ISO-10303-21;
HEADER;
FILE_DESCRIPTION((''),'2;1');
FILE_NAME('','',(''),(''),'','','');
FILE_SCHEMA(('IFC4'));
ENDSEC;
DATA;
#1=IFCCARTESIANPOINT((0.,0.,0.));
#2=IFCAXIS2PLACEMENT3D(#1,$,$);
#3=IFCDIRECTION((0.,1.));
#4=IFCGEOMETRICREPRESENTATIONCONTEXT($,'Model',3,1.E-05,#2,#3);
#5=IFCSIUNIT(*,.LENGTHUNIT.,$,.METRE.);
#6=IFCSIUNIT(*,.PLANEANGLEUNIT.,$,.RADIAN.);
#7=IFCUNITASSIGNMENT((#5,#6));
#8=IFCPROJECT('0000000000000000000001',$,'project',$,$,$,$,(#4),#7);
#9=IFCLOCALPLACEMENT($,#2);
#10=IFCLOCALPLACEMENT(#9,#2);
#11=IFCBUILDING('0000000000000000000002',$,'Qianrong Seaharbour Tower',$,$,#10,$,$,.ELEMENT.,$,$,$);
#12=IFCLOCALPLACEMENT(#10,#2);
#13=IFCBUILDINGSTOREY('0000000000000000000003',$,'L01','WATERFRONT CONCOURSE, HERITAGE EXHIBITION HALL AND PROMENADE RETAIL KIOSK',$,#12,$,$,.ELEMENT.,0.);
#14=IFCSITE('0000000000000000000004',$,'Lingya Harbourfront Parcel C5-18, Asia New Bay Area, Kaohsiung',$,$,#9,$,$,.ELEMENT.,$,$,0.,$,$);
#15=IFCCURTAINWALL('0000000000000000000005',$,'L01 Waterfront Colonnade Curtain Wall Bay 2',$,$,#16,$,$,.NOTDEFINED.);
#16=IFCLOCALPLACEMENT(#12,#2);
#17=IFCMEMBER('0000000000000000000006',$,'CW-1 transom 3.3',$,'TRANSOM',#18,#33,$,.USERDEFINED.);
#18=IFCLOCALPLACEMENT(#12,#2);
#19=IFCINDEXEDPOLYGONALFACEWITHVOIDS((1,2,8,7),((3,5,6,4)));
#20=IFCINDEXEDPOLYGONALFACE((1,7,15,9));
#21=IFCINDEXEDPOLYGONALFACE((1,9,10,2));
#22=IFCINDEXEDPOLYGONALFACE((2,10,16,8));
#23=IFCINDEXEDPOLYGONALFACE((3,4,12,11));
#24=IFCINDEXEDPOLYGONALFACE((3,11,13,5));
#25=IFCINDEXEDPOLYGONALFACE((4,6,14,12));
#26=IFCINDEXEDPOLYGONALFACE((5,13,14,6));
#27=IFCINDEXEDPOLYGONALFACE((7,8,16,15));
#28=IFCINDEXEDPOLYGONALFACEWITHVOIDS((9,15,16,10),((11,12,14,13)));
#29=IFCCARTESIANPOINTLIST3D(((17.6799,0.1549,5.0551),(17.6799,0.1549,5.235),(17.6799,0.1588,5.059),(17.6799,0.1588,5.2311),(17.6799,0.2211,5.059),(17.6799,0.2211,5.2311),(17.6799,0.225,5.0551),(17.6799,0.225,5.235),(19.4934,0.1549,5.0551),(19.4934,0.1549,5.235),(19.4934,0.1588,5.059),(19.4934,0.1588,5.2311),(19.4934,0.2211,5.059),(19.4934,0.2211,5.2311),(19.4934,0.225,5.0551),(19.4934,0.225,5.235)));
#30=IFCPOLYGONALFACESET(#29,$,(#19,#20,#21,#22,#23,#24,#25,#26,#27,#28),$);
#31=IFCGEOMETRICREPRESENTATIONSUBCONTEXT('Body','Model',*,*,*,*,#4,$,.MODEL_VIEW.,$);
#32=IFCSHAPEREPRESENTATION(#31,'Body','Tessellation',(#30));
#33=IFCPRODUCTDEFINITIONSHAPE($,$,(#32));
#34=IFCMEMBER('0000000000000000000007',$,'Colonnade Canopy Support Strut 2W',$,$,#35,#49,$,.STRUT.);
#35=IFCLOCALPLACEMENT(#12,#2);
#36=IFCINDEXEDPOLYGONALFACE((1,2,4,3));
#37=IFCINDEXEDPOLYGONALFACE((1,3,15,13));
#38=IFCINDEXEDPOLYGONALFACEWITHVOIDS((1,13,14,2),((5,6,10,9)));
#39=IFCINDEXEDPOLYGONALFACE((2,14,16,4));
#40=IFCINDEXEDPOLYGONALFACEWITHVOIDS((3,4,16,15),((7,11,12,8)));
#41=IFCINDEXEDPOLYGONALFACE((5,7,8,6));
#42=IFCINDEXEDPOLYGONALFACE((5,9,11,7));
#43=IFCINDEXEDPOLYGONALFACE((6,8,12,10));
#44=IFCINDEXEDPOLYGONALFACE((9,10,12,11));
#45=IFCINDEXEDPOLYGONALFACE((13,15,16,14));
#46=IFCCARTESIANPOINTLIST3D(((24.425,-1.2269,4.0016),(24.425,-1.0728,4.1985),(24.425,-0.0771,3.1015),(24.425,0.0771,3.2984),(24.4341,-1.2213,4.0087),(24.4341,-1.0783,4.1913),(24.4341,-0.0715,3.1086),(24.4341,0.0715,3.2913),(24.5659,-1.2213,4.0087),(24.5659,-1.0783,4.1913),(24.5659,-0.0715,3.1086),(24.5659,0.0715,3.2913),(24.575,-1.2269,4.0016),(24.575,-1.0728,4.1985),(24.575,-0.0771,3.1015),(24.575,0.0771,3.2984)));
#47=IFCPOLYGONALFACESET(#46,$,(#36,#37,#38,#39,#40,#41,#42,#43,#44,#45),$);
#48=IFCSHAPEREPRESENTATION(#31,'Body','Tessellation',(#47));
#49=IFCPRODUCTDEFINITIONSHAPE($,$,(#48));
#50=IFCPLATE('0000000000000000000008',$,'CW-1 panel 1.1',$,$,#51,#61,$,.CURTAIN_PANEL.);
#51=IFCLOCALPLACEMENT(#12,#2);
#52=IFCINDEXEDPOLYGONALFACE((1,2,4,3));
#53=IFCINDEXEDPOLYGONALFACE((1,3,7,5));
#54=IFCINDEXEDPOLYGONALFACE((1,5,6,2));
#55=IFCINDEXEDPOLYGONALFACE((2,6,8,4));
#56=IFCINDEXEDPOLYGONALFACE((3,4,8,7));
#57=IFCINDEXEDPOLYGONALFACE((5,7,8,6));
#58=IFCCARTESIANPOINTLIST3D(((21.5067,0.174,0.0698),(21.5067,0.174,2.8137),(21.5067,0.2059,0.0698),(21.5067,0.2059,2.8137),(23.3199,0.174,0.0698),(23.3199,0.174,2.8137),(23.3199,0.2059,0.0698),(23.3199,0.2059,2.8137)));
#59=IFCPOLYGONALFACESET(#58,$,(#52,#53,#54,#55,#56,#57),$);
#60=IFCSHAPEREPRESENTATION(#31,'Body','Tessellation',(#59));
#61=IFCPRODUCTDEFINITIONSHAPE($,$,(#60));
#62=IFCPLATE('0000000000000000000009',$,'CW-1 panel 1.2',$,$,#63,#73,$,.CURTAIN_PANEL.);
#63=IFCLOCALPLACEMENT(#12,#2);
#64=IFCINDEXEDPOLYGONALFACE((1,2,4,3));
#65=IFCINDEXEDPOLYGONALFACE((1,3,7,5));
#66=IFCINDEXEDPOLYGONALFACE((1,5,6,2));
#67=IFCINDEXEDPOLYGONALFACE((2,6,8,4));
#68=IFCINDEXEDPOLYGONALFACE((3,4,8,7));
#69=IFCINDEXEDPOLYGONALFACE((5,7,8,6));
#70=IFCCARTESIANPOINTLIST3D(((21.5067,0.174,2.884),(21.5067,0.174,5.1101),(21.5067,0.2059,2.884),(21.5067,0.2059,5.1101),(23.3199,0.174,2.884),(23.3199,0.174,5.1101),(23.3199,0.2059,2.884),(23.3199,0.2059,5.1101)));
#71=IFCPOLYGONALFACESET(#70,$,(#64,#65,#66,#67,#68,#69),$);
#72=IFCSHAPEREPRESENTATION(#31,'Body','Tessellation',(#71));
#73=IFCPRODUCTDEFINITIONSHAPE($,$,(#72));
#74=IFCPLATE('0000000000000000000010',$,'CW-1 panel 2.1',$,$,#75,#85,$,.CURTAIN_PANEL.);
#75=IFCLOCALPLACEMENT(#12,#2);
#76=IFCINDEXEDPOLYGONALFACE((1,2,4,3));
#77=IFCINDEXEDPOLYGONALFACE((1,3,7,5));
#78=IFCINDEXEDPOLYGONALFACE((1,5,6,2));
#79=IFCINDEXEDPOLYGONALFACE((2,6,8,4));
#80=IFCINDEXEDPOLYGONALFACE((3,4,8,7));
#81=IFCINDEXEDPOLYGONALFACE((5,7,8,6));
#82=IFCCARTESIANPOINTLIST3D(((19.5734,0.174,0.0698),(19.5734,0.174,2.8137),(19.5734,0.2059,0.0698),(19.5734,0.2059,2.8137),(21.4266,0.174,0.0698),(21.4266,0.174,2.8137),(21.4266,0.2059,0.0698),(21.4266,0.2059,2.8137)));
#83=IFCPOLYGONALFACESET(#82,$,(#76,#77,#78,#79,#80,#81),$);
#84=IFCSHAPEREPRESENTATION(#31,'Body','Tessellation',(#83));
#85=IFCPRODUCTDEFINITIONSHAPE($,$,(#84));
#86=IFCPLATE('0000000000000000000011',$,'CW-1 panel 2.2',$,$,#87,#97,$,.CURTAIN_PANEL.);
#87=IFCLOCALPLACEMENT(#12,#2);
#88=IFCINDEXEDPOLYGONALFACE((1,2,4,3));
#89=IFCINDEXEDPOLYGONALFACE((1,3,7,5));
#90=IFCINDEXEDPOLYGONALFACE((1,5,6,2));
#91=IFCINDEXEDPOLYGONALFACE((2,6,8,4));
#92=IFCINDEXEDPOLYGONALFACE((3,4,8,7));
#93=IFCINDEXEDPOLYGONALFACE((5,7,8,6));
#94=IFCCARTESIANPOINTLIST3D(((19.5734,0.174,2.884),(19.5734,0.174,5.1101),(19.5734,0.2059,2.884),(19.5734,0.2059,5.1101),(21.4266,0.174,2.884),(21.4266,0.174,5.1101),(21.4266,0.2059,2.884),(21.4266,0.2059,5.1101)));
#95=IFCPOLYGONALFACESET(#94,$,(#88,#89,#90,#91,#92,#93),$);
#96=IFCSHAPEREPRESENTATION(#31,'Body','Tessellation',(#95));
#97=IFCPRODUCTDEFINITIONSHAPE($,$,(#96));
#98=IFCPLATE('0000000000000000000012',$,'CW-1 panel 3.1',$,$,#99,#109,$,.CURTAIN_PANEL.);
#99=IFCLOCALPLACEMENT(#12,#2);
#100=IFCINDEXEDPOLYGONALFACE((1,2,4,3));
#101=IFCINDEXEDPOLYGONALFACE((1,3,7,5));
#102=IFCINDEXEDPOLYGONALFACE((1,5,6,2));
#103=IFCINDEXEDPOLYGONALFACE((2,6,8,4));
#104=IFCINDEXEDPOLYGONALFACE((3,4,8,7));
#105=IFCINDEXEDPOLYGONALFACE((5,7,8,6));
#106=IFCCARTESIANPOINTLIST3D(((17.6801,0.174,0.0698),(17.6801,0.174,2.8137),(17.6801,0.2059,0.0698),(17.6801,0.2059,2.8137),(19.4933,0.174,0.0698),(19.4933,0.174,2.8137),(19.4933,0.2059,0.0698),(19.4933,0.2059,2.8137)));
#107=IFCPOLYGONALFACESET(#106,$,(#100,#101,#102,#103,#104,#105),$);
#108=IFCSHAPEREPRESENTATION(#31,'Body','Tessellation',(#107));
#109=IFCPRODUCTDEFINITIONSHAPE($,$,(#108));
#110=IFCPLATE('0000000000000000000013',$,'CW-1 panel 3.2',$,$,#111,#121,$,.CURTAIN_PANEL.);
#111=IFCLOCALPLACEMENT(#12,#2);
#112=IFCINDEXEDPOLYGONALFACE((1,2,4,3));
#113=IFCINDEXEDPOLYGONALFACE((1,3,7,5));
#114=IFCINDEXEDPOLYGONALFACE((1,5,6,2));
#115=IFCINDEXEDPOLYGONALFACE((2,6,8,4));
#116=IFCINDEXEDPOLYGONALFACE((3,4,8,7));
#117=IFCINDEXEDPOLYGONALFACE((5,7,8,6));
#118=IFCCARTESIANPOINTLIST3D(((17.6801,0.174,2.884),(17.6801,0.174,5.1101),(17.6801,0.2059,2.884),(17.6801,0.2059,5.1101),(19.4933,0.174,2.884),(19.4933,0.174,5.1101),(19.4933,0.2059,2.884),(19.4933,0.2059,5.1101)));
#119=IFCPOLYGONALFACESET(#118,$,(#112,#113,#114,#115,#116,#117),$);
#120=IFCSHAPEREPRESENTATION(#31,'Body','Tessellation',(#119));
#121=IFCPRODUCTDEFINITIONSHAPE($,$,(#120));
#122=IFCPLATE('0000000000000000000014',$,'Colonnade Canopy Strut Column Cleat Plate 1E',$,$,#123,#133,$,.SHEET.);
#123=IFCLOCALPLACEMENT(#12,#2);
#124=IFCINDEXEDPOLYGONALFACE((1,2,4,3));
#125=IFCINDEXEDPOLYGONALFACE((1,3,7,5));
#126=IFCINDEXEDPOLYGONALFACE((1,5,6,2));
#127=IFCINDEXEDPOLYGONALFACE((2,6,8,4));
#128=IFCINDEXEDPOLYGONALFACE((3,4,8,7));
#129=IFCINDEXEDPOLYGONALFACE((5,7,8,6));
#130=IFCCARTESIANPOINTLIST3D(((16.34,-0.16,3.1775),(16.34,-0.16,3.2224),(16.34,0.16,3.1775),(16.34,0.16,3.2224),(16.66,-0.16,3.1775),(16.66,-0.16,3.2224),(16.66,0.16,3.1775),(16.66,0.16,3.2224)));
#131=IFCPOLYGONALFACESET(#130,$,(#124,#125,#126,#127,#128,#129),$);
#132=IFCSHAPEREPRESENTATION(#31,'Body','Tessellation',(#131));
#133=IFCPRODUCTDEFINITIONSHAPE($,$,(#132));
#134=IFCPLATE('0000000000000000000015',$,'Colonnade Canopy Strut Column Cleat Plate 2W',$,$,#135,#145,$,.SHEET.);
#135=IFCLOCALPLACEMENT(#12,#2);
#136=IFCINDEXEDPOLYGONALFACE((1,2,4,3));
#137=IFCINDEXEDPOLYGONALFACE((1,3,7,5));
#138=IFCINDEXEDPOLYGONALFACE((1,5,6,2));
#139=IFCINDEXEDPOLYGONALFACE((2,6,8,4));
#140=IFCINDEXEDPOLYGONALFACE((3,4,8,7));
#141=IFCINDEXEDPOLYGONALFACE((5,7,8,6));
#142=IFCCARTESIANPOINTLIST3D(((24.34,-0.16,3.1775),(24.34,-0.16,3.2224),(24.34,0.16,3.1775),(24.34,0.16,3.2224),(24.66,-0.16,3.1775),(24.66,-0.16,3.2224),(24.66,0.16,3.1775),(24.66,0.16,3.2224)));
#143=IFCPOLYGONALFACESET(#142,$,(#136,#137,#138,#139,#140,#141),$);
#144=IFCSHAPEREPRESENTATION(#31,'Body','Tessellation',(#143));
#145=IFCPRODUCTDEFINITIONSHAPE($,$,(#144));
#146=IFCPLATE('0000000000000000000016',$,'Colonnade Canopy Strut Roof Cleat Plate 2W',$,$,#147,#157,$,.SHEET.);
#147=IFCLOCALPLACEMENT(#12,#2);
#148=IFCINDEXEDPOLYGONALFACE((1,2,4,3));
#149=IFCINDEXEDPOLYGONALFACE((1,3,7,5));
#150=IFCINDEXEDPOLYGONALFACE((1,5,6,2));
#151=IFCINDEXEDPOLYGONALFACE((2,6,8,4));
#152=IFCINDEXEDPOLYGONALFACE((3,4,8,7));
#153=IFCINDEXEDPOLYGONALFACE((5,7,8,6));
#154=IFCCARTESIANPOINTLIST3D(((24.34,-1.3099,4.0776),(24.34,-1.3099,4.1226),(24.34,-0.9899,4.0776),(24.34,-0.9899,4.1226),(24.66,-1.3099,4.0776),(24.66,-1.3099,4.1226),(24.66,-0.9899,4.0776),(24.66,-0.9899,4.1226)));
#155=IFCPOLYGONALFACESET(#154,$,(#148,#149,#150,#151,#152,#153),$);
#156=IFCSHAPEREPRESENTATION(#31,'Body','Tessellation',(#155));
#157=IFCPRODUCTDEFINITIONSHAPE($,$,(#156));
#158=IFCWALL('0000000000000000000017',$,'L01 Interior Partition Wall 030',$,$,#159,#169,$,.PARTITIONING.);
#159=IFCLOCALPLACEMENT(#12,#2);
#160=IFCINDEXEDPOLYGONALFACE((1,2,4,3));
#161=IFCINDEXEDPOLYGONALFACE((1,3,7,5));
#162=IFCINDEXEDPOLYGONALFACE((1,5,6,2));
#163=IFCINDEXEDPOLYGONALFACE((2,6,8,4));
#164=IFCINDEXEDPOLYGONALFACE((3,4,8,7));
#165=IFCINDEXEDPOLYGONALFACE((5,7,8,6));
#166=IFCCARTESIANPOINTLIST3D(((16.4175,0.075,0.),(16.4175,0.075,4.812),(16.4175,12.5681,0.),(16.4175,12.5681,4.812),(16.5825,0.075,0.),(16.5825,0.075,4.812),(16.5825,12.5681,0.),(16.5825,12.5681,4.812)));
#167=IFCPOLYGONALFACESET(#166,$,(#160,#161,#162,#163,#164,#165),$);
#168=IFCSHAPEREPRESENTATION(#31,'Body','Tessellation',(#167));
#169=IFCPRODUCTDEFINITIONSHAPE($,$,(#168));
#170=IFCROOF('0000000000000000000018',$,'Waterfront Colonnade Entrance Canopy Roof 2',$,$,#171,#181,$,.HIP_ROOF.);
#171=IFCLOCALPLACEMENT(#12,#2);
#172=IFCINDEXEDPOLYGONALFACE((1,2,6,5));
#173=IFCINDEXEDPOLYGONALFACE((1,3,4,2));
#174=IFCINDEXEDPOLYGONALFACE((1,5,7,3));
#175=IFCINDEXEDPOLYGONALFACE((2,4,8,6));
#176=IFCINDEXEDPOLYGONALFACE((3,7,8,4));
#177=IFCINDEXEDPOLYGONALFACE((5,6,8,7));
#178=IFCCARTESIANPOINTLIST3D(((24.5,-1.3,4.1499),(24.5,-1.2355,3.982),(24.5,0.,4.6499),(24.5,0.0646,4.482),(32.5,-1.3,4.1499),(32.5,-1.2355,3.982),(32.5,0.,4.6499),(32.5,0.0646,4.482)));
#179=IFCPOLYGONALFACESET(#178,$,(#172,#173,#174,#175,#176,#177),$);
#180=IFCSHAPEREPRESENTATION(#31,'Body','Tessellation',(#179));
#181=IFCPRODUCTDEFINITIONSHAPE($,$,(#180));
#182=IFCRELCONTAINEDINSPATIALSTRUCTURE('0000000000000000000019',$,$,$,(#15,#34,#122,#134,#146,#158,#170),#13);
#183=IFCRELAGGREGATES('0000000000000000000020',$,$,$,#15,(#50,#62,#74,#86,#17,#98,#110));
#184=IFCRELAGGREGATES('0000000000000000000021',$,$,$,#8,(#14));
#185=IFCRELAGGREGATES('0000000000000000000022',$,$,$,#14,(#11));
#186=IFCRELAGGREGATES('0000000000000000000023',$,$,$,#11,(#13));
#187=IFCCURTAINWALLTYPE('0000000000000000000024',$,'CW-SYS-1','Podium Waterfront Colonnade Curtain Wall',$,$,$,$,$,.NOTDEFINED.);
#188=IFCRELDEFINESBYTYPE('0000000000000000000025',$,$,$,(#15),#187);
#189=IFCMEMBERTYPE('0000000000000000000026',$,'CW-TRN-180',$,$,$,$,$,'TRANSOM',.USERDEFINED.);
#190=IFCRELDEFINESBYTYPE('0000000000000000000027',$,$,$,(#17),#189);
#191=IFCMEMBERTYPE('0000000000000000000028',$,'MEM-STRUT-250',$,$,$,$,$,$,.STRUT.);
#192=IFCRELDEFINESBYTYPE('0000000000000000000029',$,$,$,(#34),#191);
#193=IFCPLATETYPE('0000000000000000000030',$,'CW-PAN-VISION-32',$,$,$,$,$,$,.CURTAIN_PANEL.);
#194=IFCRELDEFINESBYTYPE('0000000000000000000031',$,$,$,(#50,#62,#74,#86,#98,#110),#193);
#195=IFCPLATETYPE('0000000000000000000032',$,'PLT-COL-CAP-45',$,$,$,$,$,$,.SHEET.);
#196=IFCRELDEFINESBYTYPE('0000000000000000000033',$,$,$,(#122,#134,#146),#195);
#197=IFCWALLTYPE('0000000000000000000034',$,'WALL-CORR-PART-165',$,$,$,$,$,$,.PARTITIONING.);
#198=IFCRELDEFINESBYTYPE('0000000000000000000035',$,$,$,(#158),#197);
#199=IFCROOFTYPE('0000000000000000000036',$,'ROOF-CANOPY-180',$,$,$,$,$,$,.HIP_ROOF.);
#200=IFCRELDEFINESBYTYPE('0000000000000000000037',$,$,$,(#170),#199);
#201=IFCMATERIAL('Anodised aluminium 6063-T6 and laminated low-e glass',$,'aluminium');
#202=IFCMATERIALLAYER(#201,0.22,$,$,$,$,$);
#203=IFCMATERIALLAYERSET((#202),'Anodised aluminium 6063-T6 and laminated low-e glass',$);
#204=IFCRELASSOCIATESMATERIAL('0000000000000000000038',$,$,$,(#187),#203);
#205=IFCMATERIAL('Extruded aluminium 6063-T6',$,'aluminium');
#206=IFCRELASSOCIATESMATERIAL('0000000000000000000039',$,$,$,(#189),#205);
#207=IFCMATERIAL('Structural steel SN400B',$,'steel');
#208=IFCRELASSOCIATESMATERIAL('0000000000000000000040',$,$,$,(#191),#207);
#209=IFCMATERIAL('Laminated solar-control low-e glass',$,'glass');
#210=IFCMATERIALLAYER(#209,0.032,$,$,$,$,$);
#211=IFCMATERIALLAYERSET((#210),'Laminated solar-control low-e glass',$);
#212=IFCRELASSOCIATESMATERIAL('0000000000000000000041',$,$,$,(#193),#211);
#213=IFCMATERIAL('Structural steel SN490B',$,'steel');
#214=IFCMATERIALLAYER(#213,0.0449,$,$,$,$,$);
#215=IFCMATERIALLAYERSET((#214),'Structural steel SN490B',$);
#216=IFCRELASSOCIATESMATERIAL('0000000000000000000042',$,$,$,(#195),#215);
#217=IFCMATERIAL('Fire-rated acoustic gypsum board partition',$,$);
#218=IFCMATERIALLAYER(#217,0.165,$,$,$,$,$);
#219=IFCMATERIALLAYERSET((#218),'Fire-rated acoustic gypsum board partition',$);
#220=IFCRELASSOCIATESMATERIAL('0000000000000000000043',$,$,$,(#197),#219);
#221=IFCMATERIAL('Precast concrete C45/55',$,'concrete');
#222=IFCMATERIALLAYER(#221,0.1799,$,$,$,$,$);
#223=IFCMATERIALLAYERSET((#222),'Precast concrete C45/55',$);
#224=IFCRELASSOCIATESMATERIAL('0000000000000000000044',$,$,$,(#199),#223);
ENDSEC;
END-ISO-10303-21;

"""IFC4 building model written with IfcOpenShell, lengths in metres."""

from ifc_helpers import new_model, si_unit, direction, frame, frame_2d, origin, origin_2d, place, context, subcontext, project, spatial, polyline, rectangle, hollow_rectangle, outline, extrude, material, layer, layer_set, material_profile, profile_set, type_object, element, aggregate, save


model = new_model("IFC4")

# Units and contexts
model_context = context("Model", 3, precision=1e-05, world=origin(), true_north=direction((0.0, 1.0)))
body_context = subcontext(model_context, "Body", "Model", "MODEL_VIEW")
ifc_project = project(units=[si_unit("LENGTHUNIT", "METRE"), si_unit("PLANEANGLEUNIT", "RADIAN")], contexts=[model_context])

# Site, building, storey
site_placement = place(None, origin())
site = spatial("IfcSite", under=ifc_project, at=site_placement, Name="Lingya Harbourfront Parcel C5-18, Asia New Bay Area, Kaohsiung", CompositionType="ELEMENT", RefElevation=0.0)
building_placement = place(site_placement, origin())
building = spatial("IfcBuilding", under=site, at=building_placement, Name="Qianrong Seaharbour Tower", CompositionType="ELEMENT")
storey_placement = place(building_placement, origin())
storey = spatial("IfcBuildingStorey", under=building, at=storey_placement, Name="L01", Description="WATERFRONT CONCOURSE, HERITAGE EXHIBITION HALL AND PROMENADE RETAIL KIOSK", CompositionType="ELEMENT", Elevation=0.0)

# Shared definitions
ifc_material_1 = material(Name="Structural steel SN490B", Category="steel")
ifc_material_2 = material(Name="Structural steel SN400B", Category="steel")

# Curtain wall, member
ifc_material_3 = material(Name="Anodised aluminium 6063-T6 and laminated low-e glass", Category="aluminium")
ifc_layer_1 = layer(ifc_material_3, 0.22)
ifc_layer_set_1 = layer_set([ifc_layer_1], Name="Anodised aluminium 6063-T6 and laminated low-e glass")
curtain_wall_type = type_object("IfcCurtainWallType", Name="CW-SYS-1", Description="Podium Waterfront Colonnade Curtain Wall", PredefinedType="NOTDEFINED", material=ifc_layer_set_1)
curtain_wall_placement = place(storey_placement, origin())
curtain_wall = element("IfcCurtainWall", 1, at=curtain_wall_placement, inside=storey, type_object=curtain_wall_type, Name="L01 Waterfront Colonnade Curtain Wall Bay 2", PredefinedType="NOTDEFINED")
ifc_material_4 = material(Name="Extruded aluminium 6063-T6", Category="aluminium")
ifc_material_profile_1 = material_profile(ifc_material_4, hollow_rectangle(XDim=0.0701, YDim=0.1799, WallThickness=0.0039, at=origin_2d()), Name="ALU-TRN-180x70x4")
ifc_profile_set_1 = profile_set([ifc_material_profile_1], Name="Extruded aluminium 6063-T6")
member_type_1 = type_object("IfcMemberType", Name="CW-TRN-180", ElementType="TRANSOM", PredefinedType="USERDEFINED", material=ifc_profile_set_1)
member_1_placement = place(storey_placement, frame((19.4934, 0.1899, 5.145), z_axis=(-1.0, 0.0, 0.0), x_axis=(0.0, -1.0, 0.0)))
member_1 = element("IfcMember", 2, at=member_1_placement, type_object=member_type_1, Name="CW-1 transom 3.3", ObjectType="TRANSOM", PredefinedType="USERDEFINED", context=body_context, shape_type="SweptSolid", body=[
    extrude(hollow_rectangle(XDim=0.0701, YDim=0.1799, WallThickness=0.0039, at=origin_2d()), origin(), (0.0, 0.0, 1.0), 1.8135),
])

# Member
ifc_material_profile_2 = material_profile(ifc_material_2, hollow_rectangle(XDim=0.1499, YDim=0.25, WallThickness=0.009, at=origin_2d()), Name="RHS250x150x9")
ifc_profile_set_2 = profile_set([ifc_material_profile_2], Name="Structural steel SN400B")
member_type_2 = type_object("IfcMemberType", Name="MEM-STRUT-250", PredefinedType="STRUT", material=ifc_profile_set_2)
member_2_placement = place(storey_placement, frame((24.5, 0.0, 3.2), z_axis=(0.0, -0.787431, 0.616403), x_axis=(1.0, 0.0, 0.0)))
element("IfcMember", 3, at=member_2_placement, inside=storey, type_object=member_type_2, Name="Colonnade Canopy Support Strut 2W", PredefinedType="STRUT", context=body_context, shape_type="SweptSolid", body=[
    extrude(hollow_rectangle(XDim=0.1499, YDim=0.25, WallThickness=0.009, at=origin_2d()), origin(), (0.0, 0.0, 1.0), 1.4602),
])

# Plates
ifc_material_5 = material(Name="Laminated solar-control low-e glass", Category="glass")
ifc_layer_2 = layer(ifc_material_5, 0.032)
ifc_layer_set_2 = layer_set([ifc_layer_2], Name="Laminated solar-control low-e glass")
plate_type_1 = type_object("IfcPlateType", Name="CW-PAN-VISION-32", PredefinedType="CURTAIN_PANEL", material=ifc_layer_set_2)
plate_1_placement = place(storey_placement, frame((22.4133, 0.1899, 0.0698), z_axis=(0.0, 0.0, 1.0), x_axis=(-1.0, 0.0, 0.0)))
plate_1 = element("IfcPlate", 4, at=plate_1_placement, type_object=plate_type_1, Name="CW-1 panel 1.1", PredefinedType="CURTAIN_PANEL", context=body_context, shape_type="SweptSolid", body=[
    extrude(rectangle(XDim=1.8132, YDim=0.032, at=origin_2d()), origin(), (0.0, 0.0, 1.0), 2.7439),
])
plate_2_placement = place(storey_placement, frame((22.4133, 0.1899, 2.884), z_axis=(0.0, 0.0, 1.0), x_axis=(-1.0, 0.0, 0.0)))
plate_2 = element("IfcPlate", 5, at=plate_2_placement, type_object=plate_type_1, Name="CW-1 panel 1.2", PredefinedType="CURTAIN_PANEL", context=body_context, shape_type="SweptSolid", body=[
    extrude(rectangle(XDim=1.8132, YDim=0.032, at=origin_2d()), origin(), (0.0, 0.0, 1.0), 2.2261),
])
plate_3_placement = place(storey_placement, frame((20.5, 0.1899, 0.0698), z_axis=(0.0, 0.0, 1.0), x_axis=(-1.0, 0.0, 0.0)))
plate_3 = element("IfcPlate", 6, at=plate_3_placement, type_object=plate_type_1, Name="CW-1 panel 2.1", PredefinedType="CURTAIN_PANEL", context=body_context, shape_type="SweptSolid", body=[
    extrude(rectangle(XDim=1.8533, YDim=0.032, at=origin_2d()), origin(), (0.0, 0.0, 1.0), 2.7439),
])
plate_4_placement = place(storey_placement, frame((20.5, 0.1899, 2.884), z_axis=(0.0, 0.0, 1.0), x_axis=(-1.0, 0.0, 0.0)))
plate_4 = element("IfcPlate", 7, at=plate_4_placement, type_object=plate_type_1, Name="CW-1 panel 2.2", PredefinedType="CURTAIN_PANEL", context=body_context, shape_type="SweptSolid", body=[
    extrude(rectangle(XDim=1.8533, YDim=0.032, at=origin_2d()), origin(), (0.0, 0.0, 1.0), 2.2261),
])
plate_5_placement = place(storey_placement, frame((18.5867, 0.1899, 0.0698), z_axis=(0.0, 0.0, 1.0), x_axis=(-1.0, 0.0, 0.0)))
plate_5 = element("IfcPlate", 8, at=plate_5_placement, type_object=plate_type_1, Name="CW-1 panel 3.1", PredefinedType="CURTAIN_PANEL", context=body_context, shape_type="SweptSolid", body=[
    extrude(rectangle(XDim=1.8132, YDim=0.032, at=origin_2d()), origin(), (0.0, 0.0, 1.0), 2.7439),
])
plate_6_placement = place(storey_placement, frame((18.5867, 0.1899, 2.884), z_axis=(0.0, 0.0, 1.0), x_axis=(-1.0, 0.0, 0.0)))
plate_6 = element("IfcPlate", 9, at=plate_6_placement, type_object=plate_type_1, Name="CW-1 panel 3.2", PredefinedType="CURTAIN_PANEL", context=body_context, shape_type="SweptSolid", body=[
    extrude(rectangle(XDim=1.8132, YDim=0.032, at=origin_2d()), origin(), (0.0, 0.0, 1.0), 2.2261),
])
aggregate(curtain_wall, [plate_1, plate_2, plate_3, plate_4, member_1, plate_5, plate_6])

# Plates
ifc_layer_3 = layer(ifc_material_1, 0.0449)
ifc_layer_set_3 = layer_set([ifc_layer_3], Name="Structural steel SN490B")
plate_type_2 = type_object("IfcPlateType", Name="PLT-COL-CAP-45", PredefinedType="SHEET", material=ifc_layer_set_3)
for number, where, z_axis, x_axis, name in (
    (10, (16.5, 0.0, 3.1775), (0.0, 0.0, 1.0), (1.0, 0.0, 0.0), "Colonnade Canopy Strut Column Cleat Plate 1E"),
    (11, (24.5, 0.0, 3.1775), (0.0, 0.0, 1.0), (1.0, 0.0, 0.0), "Colonnade Canopy Strut Column Cleat Plate 2W"),
    (12, (24.5, -1.1499, 4.0776), (0.0, 0.0, 1.0), (1.0, 0.0, 0.0), "Colonnade Canopy Strut Roof Cleat Plate 2W"),
):
    element("IfcPlate", number, at=place(storey_placement, frame(where, z_axis=z_axis, x_axis=x_axis)), inside=storey, type_object=plate_type_2, Name=name, PredefinedType="SHEET", context=body_context, shape_type="SweptSolid", body=[
        extrude(rectangle(XDim=0.3201, YDim=0.3201, at=origin_2d()), origin(), (0.0, 0.0, 1.0), 0.0449),
    ])

# Wall
ifc_material_6 = material(Name="Fire-rated acoustic gypsum board partition")
ifc_layer_4 = layer(ifc_material_6, 0.165)
ifc_layer_set_4 = layer_set([ifc_layer_4], Name="Fire-rated acoustic gypsum board partition")
wall_type = type_object("IfcWallType", Name="WALL-CORR-PART-165", PredefinedType="PARTITIONING", material=ifc_layer_set_4)
wall_placement = place(storey_placement, frame((16.5, 0.075, 0.0), z_axis=(0.0, 0.0, 1.0), x_axis=(0.0, 1.0, 0.0)))
element("IfcWall", 13, at=wall_placement, inside=storey, type_object=wall_type, Name="L01 Interior Partition Wall 030", PredefinedType="PARTITIONING", context=body_context, shape_type="SweptSolid", body=[
    extrude(rectangle(XDim=12.4932, YDim=0.165, at=frame_2d((6.2466, 0.0))), origin(), (0.0, 0.0, 1.0), 4.812),
])

# Roof
ifc_material_7 = material(Name="Precast concrete C45/55", Category="concrete")
ifc_layer_5 = layer(ifc_material_7, 0.1799)
ifc_layer_set_5 = layer_set([ifc_layer_5], Name="Precast concrete C45/55")
roof_type = type_object("IfcRoofType", Name="ROOF-CANOPY-180", PredefinedType="HIP_ROOF", material=ifc_layer_set_5)
roof_placement = place(storey_placement, frame((24.5, -1.3, 4.1499), z_axis=(0.0, -0.358967, 0.93335), x_axis=(1.0, 0.0, 0.0)))
element("IfcRoof", 14, at=roof_placement, inside=storey, type_object=roof_type, Name="Waterfront Colonnade Entrance Canopy Roof 2", PredefinedType="HIP_ROOF", context=body_context, shape_type="SweptSolid", body=[
    extrude(outline(polyline([(0.0, 0.0), (8.0, 0.0), (8.0, 1.3929), (0.0, 1.3929), (0.0, 0.0)])), origin(), (0.0, 0.0, -1.0), 0.1799),
])

save(model, "model.ifc")
